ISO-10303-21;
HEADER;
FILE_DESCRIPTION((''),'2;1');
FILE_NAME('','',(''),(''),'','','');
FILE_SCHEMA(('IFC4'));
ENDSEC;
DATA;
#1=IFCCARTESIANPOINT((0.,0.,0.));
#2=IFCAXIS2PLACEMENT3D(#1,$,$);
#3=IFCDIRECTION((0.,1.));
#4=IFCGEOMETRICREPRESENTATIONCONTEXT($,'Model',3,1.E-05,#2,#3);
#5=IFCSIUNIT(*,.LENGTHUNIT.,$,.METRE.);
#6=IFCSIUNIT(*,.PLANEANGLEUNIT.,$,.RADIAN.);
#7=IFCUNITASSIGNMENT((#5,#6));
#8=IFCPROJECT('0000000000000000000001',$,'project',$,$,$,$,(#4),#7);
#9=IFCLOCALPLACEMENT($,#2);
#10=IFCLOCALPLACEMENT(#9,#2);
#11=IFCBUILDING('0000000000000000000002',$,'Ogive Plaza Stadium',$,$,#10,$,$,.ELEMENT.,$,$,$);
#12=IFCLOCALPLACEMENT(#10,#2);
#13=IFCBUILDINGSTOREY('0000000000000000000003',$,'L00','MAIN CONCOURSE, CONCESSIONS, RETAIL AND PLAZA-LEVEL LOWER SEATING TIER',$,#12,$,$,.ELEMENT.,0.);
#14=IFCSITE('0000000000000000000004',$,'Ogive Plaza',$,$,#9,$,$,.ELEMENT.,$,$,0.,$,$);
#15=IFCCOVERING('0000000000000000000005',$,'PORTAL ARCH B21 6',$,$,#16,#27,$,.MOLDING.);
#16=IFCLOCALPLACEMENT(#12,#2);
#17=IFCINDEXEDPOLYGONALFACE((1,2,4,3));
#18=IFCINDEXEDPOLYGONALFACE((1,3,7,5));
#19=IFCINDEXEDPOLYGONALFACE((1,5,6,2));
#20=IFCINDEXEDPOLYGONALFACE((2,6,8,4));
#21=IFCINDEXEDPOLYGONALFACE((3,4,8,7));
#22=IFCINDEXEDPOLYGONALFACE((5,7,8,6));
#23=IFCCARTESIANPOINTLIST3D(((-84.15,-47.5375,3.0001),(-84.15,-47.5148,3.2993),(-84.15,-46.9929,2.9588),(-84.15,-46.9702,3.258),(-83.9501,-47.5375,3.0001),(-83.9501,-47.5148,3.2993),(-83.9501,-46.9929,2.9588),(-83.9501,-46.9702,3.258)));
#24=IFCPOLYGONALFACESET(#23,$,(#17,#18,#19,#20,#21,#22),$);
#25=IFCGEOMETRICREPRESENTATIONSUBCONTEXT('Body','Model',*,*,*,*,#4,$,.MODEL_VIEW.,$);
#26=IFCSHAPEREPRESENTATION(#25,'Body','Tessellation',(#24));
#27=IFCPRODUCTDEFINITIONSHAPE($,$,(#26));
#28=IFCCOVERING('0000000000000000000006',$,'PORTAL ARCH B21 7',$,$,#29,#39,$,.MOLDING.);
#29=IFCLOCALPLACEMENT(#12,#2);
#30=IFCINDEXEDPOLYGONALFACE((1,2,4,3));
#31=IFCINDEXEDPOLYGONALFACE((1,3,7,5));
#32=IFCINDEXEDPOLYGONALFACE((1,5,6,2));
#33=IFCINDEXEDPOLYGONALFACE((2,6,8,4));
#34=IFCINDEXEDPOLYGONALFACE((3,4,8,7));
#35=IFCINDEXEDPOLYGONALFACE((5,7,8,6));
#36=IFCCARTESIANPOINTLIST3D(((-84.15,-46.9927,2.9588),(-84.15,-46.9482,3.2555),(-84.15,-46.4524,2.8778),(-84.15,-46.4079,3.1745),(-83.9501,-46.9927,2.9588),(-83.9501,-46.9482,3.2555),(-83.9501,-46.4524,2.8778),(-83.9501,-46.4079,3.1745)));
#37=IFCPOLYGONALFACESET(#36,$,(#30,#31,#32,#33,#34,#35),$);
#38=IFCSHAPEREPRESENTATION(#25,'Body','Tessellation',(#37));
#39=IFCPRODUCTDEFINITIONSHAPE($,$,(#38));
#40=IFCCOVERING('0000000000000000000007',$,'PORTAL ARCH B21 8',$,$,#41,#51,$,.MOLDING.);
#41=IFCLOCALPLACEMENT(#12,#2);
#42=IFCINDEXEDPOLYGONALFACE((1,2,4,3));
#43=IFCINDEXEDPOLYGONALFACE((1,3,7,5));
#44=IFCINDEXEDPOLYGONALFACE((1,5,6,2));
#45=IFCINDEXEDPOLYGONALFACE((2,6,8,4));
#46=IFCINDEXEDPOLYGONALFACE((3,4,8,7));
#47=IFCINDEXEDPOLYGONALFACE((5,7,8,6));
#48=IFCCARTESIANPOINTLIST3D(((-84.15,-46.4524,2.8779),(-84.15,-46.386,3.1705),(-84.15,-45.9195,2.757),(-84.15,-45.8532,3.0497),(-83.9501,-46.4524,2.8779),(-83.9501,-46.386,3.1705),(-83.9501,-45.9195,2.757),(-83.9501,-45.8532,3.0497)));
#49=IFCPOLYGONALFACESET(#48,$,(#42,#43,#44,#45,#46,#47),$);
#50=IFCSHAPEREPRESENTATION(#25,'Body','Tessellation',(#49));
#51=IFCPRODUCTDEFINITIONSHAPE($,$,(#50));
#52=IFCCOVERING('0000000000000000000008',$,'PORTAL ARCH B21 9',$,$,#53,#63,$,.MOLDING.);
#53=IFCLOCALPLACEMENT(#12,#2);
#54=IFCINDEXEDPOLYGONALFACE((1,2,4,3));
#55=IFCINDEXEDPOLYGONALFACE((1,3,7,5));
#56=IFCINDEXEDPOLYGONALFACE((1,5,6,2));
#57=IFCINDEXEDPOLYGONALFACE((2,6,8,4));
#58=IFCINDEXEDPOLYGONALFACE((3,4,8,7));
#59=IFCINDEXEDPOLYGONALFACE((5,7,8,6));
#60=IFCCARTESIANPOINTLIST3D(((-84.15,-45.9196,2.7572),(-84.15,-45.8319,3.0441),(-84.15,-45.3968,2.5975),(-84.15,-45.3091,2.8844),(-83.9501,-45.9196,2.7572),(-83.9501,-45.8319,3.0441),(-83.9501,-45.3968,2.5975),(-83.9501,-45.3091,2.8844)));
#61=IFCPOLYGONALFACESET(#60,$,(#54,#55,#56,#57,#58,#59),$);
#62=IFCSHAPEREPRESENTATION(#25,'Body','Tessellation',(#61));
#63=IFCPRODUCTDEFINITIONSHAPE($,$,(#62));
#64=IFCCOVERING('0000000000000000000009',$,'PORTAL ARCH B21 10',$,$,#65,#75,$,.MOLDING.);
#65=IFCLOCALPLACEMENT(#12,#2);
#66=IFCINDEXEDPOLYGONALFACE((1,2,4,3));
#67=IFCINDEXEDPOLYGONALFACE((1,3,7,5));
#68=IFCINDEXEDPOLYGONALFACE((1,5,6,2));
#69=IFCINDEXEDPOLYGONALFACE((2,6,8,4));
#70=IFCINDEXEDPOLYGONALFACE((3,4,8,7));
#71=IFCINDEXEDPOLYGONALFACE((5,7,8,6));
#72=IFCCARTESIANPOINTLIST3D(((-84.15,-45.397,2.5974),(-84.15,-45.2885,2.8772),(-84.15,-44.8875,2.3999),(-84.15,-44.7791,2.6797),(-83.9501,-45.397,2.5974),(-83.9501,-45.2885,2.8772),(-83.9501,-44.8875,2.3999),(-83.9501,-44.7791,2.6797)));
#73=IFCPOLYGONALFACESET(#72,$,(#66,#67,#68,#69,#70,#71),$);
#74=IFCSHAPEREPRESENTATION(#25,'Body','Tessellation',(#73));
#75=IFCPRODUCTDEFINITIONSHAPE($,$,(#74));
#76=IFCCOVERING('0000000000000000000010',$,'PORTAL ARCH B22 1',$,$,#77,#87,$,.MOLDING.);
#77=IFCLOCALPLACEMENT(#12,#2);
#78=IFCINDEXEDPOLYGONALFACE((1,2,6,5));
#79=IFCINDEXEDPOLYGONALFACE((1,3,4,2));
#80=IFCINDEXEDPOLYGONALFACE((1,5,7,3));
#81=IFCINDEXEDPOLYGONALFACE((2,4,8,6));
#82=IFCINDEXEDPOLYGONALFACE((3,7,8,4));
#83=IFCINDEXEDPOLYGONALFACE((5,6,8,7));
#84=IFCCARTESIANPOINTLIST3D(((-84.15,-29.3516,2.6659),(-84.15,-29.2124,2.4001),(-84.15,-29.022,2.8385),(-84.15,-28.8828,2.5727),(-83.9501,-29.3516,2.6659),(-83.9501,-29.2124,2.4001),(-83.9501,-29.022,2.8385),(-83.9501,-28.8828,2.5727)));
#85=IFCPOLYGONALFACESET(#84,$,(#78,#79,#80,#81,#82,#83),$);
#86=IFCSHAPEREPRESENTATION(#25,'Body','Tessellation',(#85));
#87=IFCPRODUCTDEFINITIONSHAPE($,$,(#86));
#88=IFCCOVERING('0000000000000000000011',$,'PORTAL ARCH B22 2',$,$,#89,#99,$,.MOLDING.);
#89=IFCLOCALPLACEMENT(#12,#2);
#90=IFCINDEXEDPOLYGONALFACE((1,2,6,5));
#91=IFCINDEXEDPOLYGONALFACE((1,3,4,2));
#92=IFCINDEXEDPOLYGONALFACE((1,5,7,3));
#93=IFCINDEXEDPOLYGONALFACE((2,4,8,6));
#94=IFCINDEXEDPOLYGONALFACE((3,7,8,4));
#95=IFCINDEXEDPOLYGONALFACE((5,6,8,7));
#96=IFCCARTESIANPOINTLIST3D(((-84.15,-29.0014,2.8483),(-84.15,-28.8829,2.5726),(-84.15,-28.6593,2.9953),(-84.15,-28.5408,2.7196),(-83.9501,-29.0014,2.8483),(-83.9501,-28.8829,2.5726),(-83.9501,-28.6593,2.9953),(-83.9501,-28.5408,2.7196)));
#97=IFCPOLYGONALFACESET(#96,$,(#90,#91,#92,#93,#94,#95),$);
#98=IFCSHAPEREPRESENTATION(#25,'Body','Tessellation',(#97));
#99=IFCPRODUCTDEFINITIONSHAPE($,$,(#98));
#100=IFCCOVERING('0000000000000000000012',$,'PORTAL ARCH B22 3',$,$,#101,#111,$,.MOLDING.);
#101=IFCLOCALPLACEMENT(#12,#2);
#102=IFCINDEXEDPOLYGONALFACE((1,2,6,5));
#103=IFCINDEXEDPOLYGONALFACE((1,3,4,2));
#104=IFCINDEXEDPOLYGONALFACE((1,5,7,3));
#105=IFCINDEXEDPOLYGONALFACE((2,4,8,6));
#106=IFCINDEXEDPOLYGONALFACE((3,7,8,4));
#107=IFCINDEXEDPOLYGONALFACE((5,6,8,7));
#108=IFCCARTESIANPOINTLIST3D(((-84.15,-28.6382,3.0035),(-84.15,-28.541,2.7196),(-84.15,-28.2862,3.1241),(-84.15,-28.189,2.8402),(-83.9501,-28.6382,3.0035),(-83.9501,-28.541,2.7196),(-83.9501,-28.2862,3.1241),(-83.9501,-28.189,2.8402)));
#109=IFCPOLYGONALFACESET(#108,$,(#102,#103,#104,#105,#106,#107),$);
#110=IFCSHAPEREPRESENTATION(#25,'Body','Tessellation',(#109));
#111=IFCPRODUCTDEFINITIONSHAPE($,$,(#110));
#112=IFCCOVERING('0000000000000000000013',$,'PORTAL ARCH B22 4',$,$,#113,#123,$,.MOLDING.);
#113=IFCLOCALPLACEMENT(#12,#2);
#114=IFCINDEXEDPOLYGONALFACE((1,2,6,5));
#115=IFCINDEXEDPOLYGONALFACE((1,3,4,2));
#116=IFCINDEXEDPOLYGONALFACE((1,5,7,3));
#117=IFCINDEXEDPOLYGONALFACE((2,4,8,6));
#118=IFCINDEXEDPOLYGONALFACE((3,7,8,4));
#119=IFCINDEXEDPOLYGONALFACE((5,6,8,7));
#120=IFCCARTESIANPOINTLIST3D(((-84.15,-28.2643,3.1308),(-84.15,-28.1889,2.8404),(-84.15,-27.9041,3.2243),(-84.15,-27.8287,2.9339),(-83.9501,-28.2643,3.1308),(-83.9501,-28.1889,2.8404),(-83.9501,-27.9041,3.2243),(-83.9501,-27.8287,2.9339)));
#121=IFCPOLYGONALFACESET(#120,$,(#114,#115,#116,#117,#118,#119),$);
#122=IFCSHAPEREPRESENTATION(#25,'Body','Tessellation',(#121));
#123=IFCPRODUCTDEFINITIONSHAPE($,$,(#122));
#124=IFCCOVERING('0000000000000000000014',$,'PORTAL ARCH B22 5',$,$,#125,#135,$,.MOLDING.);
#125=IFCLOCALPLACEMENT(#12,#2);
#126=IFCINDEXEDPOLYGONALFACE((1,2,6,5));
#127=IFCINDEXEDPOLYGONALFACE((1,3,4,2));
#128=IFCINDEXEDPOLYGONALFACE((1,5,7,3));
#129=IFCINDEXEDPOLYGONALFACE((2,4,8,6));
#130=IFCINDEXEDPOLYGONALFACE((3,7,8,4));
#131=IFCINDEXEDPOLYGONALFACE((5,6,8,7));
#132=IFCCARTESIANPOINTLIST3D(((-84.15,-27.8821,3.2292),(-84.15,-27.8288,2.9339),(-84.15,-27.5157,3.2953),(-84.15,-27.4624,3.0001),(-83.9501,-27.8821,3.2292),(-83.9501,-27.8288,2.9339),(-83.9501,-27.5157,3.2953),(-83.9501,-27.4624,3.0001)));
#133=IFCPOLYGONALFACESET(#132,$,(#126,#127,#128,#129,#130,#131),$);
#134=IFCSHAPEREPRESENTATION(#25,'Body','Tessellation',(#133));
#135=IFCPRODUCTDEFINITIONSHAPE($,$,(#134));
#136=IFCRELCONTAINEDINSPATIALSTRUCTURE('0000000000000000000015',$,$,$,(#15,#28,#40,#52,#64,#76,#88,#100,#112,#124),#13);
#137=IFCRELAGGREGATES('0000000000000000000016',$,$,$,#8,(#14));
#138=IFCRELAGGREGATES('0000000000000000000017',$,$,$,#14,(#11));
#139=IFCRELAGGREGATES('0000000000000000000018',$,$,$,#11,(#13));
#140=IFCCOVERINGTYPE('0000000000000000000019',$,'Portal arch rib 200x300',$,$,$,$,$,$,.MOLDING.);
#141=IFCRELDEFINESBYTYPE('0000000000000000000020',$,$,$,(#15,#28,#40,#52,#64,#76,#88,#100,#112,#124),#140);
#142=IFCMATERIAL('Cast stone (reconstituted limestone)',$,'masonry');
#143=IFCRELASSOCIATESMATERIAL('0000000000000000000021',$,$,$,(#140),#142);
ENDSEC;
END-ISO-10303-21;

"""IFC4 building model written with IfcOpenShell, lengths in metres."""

from ifc_helpers import new_model, si_unit, direction, frame, origin, origin_2d, place, context, subcontext, project, spatial, rectangle, extrude, material, material_profile, profile_set, type_object, element, save


model = new_model("IFC4")

# Units and contexts
model_context = context("Model", 3, precision=1e-05, world=origin(), true_north=direction((0.0, 1.0)))
body_context = subcontext(model_context, "Body", "Model", "MODEL_VIEW")
ifc_project = project(units=[si_unit("LENGTHUNIT", "METRE"), si_unit("PLANEANGLEUNIT", "RADIAN")], contexts=[model_context])

# Site, building, storey
site_placement = place(None, origin())
site = spatial("IfcSite", under=ifc_project, at=site_placement, Name="Ogive Plaza", CompositionType="ELEMENT", RefElevation=0.0)
building_placement = place(site_placement, origin())
building = spatial("IfcBuilding", under=site, at=building_placement, Name="Ogive Plaza Stadium", CompositionType="ELEMENT")
storey_placement = place(building_placement, origin())
storey = spatial("IfcBuildingStorey", under=building, at=storey_placement, Name="L00", Description="MAIN CONCOURSE, CONCESSIONS, RETAIL AND PLAZA-LEVEL LOWER SEATING TIER", CompositionType="ELEMENT", Elevation=0.0)

# Coverings
ifc_material_1 = material(Name="Cast stone (reconstituted limestone)", Category="masonry")
ifc_material_profile_1 = material_profile(ifc_material_1, rectangle(XDim=0.2, YDim=0.3, at=origin_2d()), Name="Cast stone 200x300")
ifc_profile_set_1 = profile_set([ifc_material_profile_1], Name="Cast stone (reconstituted limestone)")
covering_type = type_object("IfcCoveringType", Name="Portal arch rib 200x300", PredefinedType="MOLDING", material=ifc_profile_set_1)
for number, where, z_axis, x_axis, name in (
    (1, (-84.05, -47.5261, 3.1497), (0.0, 0.997143, -0.075534), (-1.0, 0.0, 0.0), "PORTAL ARCH B21 6"),
):
    element("IfcCovering", number, at=place(storey_placement, frame(where, z_axis=z_axis, x_axis=x_axis)), inside=storey, type_object=covering_type, Name=name, PredefinedType="MOLDING", context=body_context, shape_type="SweptSolid", body=[
        extrude(rectangle(XDim=0.2, YDim=0.3, at=origin_2d()), origin(), (0.0, 0.0, 1.0), 0.5461),
    ])
for number, where, z_axis, x_axis, name in (
    (2, (-84.05, -46.9705, 3.1072), (0.0, 0.988933, -0.148362), (-1.0, 0.0, 0.0), "PORTAL ARCH B21 7"),
    (3, (-84.05, -46.4192, 3.0242), (0.0, 0.975242, -0.221138), (-1.0, 0.0, 0.0), "PORTAL ARCH B21 8"),
):
    element("IfcCovering", number, at=place(storey_placement, frame(where, z_axis=z_axis, x_axis=x_axis)), inside=storey, type_object=covering_type, Name=name, PredefinedType="MOLDING", context=body_context, shape_type="SweptSolid", body=[
        extrude(rectangle(XDim=0.2, YDim=0.3, at=origin_2d()), origin(), (0.0, 0.0, 1.0), 0.5464),
    ])
covering_1_placement = place(storey_placement, frame((-84.05, -45.8757, 2.9006), z_axis=(0.0, 0.956376, -0.292139), x_axis=(-1.0, 0.0, 0.0)))
element("IfcCovering", 4, at=covering_1_placement, inside=storey, type_object=covering_type, Name="PORTAL ARCH B21 9", PredefinedType="MOLDING", context=body_context, shape_type="SweptSolid", body=[
    extrude(rectangle(XDim=0.2, YDim=0.3, at=origin_2d()), origin(), (0.0, 0.0, 1.0), 0.5466),
])
covering_2_placement = place(storey_placement, frame((-84.05, -45.3428, 2.7373), z_axis=(0.0, 0.932398, -0.361433), x_axis=(-1.0, 0.0, 0.0)))
element("IfcCovering", 5, at=covering_2_placement, inside=storey, type_object=covering_type, Name="PORTAL ARCH B21 10", PredefinedType="MOLDING", context=body_context, shape_type="SweptSolid", body=[
    extrude(rectangle(XDim=0.2, YDim=0.3, at=origin_2d()), origin(), (0.0, 0.0, 1.0), 0.5464),
])
covering_3_placement = place(storey_placement, frame((-84.05, -29.282, 2.533), z_axis=(0.0, 0.88587, 0.463933), x_axis=(-1.0, 0.0, 0.0)))
element("IfcCovering", 6, at=covering_3_placement, inside=storey, type_object=covering_type, Name="PORTAL ARCH B22 1", PredefinedType="MOLDING", context=body_context, shape_type="SweptSolid", body=[
    extrude(rectangle(XDim=0.2, YDim=0.3, at=origin_2d()), origin(), (0.0, 0.0, 1.0), 0.3721),
])
covering_4_placement = place(storey_placement, frame((-84.05, -28.9421, 2.7104), z_axis=(0.0, 0.918771, 0.39479), x_axis=(-1.0, 0.0, 0.0)))
element("IfcCovering", 7, at=covering_4_placement, inside=storey, type_object=covering_type, Name="PORTAL ARCH B22 2", PredefinedType="MOLDING", context=body_context, shape_type="SweptSolid", body=[
    extrude(rectangle(XDim=0.2, YDim=0.3, at=origin_2d()), origin(), (0.0, 0.0, 1.0), 0.3723),
])
for number, where, z_axis, x_axis, name in (
    (8, (-84.05, -28.5896, 2.8616), (0.0, 0.946026, 0.324089), (-1.0, 0.0, 0.0), "PORTAL ARCH B22 3"),
    (9, (-84.05, -28.2266, 2.9856), (0.0, 0.967902, 0.251327), (-1.0, 0.0, 0.0), "PORTAL ARCH B22 4"),
):
    element("IfcCovering", number, at=place(storey_placement, frame(where, z_axis=z_axis, x_axis=x_axis)), inside=storey, type_object=covering_type, Name=name, PredefinedType="MOLDING", context=body_context, shape_type="SweptSolid", body=[
        extrude(rectangle(XDim=0.2, YDim=0.3, at=origin_2d()), origin(), (0.0, 0.0, 1.0), 0.3721),
    ])
covering_5_placement = place(storey_placement, frame((-84.05, -27.8555, 3.0815), z_axis=(0.0, 0.984089, 0.177674), x_axis=(-1.0, 0.0, 0.0)))
element("IfcCovering", 10, at=covering_5_placement, inside=storey, type_object=covering_type, Name="PORTAL ARCH B22 5", PredefinedType="MOLDING", context=body_context, shape_type="SweptSolid", body=[
    extrude(rectangle(XDim=0.2, YDim=0.3, at=origin_2d()), origin(), (0.0, 0.0, 1.0), 0.3723),
])

save(model, "model.ifc")
